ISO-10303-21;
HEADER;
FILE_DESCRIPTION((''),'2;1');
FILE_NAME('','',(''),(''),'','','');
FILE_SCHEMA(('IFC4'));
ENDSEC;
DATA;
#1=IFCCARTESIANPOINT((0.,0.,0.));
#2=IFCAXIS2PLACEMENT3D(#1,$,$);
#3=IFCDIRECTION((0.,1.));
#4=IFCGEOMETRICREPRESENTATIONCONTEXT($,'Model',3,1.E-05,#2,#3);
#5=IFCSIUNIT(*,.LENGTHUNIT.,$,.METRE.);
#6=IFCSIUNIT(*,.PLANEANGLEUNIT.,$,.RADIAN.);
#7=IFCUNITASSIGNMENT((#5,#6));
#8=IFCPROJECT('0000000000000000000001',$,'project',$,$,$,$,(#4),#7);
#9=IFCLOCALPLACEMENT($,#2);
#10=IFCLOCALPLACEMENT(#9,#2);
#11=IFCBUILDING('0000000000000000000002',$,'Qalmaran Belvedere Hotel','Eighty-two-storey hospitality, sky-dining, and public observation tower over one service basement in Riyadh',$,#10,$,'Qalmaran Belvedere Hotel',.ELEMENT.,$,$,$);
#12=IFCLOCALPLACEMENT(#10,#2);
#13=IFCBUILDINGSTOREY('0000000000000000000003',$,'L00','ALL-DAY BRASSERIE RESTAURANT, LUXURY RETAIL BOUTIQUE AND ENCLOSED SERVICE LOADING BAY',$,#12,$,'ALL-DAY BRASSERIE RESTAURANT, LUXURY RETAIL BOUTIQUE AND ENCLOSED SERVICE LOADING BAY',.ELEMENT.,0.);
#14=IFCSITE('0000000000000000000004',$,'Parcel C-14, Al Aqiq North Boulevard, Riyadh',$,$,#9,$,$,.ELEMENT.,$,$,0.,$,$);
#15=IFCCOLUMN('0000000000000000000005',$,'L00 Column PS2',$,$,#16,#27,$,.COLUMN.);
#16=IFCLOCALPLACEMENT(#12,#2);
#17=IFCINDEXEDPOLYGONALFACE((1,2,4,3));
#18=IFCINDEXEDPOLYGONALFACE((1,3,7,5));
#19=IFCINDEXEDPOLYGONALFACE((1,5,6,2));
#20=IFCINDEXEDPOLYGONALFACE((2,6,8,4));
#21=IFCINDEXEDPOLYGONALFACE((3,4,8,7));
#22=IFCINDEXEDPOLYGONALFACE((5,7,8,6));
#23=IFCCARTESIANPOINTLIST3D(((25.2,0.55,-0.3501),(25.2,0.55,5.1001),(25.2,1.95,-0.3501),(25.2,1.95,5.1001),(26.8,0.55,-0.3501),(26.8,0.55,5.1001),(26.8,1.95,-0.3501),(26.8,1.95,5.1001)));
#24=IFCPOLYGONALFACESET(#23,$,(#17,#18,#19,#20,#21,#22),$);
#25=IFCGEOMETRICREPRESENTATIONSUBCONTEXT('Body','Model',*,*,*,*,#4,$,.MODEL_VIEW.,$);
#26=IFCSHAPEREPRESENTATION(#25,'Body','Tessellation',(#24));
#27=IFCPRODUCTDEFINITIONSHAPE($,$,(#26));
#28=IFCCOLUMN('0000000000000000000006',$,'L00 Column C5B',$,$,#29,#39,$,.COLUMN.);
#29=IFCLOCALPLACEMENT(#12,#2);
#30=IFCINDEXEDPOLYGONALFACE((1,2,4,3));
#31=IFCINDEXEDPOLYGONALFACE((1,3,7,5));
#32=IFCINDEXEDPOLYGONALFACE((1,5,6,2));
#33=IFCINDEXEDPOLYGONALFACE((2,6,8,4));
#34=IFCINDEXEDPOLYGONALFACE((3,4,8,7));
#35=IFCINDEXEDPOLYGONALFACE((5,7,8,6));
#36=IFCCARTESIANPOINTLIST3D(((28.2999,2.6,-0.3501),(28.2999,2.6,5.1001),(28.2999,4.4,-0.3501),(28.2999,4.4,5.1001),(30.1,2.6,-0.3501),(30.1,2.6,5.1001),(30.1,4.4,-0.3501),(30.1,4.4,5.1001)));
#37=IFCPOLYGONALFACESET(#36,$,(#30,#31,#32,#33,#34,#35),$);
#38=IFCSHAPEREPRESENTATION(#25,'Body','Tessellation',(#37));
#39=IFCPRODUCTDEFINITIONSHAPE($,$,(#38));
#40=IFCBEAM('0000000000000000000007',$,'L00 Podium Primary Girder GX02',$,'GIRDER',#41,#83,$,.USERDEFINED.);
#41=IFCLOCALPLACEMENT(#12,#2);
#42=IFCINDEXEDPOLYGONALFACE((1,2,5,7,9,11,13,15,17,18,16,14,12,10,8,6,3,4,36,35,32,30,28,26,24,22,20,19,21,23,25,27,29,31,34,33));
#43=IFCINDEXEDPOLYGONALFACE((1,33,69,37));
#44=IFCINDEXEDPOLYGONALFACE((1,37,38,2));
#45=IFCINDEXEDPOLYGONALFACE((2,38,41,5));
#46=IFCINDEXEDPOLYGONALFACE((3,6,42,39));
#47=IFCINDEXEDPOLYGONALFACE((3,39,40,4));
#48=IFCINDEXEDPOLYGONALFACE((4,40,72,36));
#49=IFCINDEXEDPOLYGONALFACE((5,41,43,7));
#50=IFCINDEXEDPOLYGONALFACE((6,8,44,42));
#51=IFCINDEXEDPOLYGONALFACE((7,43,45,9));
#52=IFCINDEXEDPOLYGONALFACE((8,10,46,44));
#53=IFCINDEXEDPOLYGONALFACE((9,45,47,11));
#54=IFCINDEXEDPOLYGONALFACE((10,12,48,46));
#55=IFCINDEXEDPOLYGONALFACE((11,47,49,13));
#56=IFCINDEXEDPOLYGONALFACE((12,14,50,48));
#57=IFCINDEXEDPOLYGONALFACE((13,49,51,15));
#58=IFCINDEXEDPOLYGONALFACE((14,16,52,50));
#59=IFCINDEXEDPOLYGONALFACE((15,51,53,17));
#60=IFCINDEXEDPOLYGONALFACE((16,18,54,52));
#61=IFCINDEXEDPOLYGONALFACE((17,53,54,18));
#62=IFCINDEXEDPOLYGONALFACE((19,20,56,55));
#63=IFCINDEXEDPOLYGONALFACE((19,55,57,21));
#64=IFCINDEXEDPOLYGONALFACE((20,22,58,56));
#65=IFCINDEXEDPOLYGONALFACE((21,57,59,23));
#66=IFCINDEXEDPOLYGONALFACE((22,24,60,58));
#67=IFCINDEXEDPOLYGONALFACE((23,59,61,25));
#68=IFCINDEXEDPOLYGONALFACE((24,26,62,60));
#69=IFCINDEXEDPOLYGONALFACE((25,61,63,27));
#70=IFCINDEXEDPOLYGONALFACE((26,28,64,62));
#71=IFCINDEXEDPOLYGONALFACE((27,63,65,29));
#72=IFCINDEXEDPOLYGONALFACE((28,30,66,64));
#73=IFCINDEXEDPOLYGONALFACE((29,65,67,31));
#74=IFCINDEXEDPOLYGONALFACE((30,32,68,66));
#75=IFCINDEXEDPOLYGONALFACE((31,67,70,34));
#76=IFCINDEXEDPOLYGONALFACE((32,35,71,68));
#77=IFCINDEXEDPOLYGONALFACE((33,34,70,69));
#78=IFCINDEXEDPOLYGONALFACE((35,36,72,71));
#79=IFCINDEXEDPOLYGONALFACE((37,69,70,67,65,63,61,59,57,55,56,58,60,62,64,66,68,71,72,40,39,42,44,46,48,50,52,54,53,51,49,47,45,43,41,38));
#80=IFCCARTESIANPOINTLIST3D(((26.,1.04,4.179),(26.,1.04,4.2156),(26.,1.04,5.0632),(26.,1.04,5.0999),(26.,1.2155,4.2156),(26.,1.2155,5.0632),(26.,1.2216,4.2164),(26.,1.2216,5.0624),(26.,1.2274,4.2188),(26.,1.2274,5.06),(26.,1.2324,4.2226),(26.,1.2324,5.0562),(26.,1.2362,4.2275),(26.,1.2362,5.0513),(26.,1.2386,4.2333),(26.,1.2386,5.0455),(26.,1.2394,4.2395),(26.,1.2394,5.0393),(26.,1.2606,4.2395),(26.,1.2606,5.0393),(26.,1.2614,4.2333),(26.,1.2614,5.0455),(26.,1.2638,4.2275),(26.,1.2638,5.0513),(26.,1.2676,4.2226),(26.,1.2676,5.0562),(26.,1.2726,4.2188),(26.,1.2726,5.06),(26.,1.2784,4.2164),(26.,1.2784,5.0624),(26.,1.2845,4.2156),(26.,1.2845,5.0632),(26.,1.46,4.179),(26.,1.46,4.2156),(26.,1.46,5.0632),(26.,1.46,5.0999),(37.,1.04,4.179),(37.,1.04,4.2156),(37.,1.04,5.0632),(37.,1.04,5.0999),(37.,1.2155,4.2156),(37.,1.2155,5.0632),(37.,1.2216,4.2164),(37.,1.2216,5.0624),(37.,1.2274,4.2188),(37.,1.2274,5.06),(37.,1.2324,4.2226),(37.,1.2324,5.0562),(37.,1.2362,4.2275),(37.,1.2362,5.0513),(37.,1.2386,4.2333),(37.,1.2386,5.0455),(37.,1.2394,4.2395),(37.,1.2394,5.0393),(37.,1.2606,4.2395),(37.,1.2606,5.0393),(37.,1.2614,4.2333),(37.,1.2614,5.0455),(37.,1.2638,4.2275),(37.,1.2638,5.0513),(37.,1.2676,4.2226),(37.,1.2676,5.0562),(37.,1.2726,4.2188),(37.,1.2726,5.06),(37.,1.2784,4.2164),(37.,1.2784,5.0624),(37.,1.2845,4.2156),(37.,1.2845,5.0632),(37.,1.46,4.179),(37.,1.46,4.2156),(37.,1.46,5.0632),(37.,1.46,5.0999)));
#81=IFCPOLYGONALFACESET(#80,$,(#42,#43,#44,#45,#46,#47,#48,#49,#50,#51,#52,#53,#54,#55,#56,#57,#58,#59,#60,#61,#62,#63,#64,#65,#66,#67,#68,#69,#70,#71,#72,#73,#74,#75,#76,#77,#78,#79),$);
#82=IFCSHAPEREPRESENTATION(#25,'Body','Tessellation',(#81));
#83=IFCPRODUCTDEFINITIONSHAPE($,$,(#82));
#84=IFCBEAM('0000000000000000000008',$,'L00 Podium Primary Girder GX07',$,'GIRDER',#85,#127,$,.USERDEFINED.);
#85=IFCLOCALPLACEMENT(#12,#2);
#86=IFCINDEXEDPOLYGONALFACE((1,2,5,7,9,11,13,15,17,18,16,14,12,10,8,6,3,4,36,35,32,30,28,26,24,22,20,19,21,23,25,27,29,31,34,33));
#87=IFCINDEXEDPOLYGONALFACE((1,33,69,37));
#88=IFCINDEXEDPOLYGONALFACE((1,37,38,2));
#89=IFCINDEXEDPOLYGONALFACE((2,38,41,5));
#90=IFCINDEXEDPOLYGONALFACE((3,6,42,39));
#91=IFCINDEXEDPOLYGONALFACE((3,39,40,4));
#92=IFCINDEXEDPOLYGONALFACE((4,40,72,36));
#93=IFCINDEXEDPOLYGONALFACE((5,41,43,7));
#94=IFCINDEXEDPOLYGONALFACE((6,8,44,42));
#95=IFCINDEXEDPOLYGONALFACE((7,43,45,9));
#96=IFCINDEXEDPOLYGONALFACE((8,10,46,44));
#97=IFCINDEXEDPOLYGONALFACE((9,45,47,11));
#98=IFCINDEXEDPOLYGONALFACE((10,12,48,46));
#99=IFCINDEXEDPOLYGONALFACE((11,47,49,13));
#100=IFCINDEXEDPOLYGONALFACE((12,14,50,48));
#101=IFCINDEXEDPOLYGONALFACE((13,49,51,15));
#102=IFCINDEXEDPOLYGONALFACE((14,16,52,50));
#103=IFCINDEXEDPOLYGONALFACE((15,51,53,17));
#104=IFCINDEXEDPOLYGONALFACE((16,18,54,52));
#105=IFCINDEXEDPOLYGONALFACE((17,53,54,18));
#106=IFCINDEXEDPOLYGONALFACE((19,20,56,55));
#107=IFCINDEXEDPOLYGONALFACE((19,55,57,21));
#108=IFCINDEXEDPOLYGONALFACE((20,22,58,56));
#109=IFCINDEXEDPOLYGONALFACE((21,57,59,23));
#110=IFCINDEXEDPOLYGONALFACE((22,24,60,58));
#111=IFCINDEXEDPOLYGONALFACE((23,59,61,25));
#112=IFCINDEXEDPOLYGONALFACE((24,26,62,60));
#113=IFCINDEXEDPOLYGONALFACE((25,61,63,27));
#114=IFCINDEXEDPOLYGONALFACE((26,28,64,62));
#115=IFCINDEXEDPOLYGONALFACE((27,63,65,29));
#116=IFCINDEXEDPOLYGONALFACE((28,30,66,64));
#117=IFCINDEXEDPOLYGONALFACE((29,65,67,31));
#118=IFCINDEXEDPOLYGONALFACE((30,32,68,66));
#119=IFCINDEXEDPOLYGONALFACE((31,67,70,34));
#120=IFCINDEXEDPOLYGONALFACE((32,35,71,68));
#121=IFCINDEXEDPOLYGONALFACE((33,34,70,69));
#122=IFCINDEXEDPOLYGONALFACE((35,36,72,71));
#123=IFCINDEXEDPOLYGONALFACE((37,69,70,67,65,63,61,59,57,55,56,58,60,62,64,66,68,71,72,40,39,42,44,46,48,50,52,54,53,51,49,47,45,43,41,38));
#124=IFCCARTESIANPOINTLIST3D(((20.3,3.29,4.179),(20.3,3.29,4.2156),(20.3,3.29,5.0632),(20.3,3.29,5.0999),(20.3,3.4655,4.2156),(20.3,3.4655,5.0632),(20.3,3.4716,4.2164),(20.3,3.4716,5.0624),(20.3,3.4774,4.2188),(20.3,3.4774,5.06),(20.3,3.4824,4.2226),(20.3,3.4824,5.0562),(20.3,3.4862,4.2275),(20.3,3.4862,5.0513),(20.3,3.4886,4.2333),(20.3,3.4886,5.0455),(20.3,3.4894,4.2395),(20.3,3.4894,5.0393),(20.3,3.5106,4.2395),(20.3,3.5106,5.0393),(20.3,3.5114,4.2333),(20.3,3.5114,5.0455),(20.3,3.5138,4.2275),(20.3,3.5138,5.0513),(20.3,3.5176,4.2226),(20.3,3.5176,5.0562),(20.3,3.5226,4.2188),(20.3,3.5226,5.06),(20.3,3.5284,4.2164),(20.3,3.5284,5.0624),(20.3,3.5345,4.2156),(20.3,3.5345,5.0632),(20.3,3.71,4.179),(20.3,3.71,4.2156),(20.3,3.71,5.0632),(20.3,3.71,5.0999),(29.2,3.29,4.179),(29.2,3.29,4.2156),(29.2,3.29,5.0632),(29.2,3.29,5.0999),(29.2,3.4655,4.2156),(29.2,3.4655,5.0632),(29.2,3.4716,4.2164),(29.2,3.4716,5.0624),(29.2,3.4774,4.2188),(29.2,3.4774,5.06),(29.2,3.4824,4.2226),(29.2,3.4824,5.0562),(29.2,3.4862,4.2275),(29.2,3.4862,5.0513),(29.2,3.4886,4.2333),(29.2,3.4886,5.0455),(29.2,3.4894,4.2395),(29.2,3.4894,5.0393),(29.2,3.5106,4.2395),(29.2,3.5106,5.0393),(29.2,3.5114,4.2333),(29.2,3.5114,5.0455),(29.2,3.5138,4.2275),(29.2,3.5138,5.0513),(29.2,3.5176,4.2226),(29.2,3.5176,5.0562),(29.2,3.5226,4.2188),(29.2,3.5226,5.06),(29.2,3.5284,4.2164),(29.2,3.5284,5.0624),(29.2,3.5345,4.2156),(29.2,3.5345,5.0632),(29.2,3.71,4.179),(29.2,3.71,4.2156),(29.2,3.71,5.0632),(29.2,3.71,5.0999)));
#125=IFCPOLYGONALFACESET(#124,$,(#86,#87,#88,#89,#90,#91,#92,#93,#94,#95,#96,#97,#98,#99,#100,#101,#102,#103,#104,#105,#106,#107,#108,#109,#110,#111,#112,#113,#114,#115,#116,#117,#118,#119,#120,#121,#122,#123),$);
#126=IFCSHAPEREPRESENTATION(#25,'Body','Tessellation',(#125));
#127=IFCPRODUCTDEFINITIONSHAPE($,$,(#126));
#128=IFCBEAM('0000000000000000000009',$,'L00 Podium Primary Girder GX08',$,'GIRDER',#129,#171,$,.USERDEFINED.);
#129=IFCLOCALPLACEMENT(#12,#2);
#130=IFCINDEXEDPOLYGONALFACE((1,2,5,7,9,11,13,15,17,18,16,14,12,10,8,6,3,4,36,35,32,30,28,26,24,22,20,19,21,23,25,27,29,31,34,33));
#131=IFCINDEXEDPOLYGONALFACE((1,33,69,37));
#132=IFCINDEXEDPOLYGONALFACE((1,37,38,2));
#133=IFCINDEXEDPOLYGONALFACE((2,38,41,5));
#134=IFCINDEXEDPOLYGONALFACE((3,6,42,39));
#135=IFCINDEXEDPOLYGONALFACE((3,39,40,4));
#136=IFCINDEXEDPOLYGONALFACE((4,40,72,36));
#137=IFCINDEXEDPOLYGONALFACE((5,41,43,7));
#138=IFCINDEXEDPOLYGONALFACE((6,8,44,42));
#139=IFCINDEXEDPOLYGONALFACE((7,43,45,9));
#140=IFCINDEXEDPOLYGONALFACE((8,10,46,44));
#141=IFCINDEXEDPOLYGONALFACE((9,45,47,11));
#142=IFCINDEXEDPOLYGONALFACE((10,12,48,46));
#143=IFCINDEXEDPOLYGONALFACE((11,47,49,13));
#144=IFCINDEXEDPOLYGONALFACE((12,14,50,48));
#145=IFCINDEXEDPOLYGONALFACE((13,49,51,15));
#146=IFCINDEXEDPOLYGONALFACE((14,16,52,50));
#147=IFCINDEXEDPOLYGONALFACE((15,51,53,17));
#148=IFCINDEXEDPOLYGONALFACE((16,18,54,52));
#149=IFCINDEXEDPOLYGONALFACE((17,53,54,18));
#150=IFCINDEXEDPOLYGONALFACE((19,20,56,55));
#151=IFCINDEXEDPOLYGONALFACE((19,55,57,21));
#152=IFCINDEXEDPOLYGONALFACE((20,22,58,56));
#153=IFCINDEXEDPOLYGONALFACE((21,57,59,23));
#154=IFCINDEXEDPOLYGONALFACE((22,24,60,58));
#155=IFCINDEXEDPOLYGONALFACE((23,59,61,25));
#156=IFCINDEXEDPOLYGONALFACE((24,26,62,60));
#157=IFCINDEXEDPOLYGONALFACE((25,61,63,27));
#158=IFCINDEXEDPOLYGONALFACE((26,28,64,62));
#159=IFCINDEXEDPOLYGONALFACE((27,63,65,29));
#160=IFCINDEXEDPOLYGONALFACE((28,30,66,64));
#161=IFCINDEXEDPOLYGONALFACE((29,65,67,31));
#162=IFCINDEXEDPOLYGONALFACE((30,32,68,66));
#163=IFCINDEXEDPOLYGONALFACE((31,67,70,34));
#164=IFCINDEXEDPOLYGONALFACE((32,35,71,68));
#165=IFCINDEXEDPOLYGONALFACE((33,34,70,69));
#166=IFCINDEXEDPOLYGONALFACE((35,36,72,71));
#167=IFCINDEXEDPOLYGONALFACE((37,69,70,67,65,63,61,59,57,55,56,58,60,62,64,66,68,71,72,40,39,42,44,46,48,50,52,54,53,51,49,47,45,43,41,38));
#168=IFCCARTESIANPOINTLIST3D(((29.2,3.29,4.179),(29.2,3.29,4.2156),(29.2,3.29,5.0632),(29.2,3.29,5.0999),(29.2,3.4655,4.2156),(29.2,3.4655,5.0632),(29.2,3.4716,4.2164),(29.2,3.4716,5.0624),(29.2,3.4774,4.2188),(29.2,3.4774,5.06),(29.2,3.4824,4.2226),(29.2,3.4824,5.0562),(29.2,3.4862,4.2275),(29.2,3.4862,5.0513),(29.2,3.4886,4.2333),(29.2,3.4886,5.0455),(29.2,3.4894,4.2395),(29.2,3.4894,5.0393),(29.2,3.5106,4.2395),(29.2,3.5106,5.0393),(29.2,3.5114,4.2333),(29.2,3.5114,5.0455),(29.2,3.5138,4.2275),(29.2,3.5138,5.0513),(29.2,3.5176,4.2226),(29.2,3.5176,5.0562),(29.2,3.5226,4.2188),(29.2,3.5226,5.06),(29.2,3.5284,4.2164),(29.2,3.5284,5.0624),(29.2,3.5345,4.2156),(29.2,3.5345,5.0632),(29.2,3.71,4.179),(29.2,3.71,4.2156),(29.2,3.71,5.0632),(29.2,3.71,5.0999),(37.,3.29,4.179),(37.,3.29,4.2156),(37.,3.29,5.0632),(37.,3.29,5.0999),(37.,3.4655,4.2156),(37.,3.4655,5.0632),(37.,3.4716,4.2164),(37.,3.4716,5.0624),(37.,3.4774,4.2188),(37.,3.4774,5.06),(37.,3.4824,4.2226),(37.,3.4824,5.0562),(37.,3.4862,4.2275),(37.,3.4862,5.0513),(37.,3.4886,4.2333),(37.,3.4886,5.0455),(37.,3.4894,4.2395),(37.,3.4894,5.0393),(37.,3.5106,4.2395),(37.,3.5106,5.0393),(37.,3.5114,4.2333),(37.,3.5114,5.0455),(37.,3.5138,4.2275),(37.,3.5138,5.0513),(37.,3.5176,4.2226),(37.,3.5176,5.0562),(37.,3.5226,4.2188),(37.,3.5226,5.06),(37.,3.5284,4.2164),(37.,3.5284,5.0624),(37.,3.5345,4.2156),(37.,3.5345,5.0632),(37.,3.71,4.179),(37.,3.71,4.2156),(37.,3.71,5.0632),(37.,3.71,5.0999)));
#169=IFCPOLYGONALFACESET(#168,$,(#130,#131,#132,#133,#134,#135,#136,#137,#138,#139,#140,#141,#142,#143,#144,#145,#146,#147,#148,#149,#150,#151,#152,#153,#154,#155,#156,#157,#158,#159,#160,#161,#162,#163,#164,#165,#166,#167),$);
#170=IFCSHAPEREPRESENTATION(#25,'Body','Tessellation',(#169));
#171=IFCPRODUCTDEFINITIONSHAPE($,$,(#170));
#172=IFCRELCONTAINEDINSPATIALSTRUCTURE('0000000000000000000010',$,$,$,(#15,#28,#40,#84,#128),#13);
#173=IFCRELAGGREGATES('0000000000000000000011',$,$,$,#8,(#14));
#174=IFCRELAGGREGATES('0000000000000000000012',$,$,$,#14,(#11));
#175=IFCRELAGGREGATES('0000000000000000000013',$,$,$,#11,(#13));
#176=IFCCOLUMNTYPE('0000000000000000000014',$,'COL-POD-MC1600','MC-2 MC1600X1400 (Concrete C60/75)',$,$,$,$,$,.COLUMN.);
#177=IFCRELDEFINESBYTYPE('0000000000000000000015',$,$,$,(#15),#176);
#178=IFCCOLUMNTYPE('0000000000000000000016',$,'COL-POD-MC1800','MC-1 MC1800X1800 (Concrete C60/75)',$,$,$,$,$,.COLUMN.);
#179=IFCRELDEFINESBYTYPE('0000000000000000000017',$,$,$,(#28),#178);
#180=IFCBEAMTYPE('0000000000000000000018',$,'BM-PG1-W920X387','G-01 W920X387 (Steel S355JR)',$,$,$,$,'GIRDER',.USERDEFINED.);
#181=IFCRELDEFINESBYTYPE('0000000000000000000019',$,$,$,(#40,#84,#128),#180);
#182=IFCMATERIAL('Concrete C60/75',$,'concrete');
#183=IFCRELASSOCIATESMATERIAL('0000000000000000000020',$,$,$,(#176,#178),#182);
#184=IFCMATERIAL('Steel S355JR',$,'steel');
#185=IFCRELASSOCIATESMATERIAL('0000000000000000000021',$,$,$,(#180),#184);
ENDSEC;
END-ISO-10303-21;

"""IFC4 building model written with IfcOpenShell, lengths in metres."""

from ifc_helpers import new_model, si_unit, direction, frame, origin, origin_2d, place, context, subcontext, project, spatial, rectangle, i_section, extrude, material, material_profile, profile_set, type_object, element, save


model = new_model("IFC4")

# Units and contexts
model_context = context("Model", 3, precision=1e-05, world=origin(), true_north=direction((0.0, 1.0)))
body_context = subcontext(model_context, "Body", "Model", "MODEL_VIEW")
ifc_project = project(units=[si_unit("LENGTHUNIT", "METRE"), si_unit("PLANEANGLEUNIT", "RADIAN")], contexts=[model_context])

# Site, building, storey
site_placement = place(None, origin())
site = spatial("IfcSite", under=ifc_project, at=site_placement, Name="Parcel C-14, Al Aqiq North Boulevard, Riyadh", CompositionType="ELEMENT", RefElevation=0.0)
building_placement = place(site_placement, origin())
building = spatial("IfcBuilding", under=site, at=building_placement, Name="Qalmaran Belvedere Hotel", Description="Eighty-two-storey hospitality, sky-dining, and public observation tower over one service basement in Riyadh", LongName="Qalmaran Belvedere Hotel", CompositionType="ELEMENT")
storey_placement = place(building_placement, origin())
storey = spatial("IfcBuildingStorey", under=building, at=storey_placement, Name="L00", Description="ALL-DAY BRASSERIE RESTAURANT, LUXURY RETAIL BOUTIQUE AND ENCLOSED SERVICE LOADING BAY", LongName="ALL-DAY BRASSERIE RESTAURANT, LUXURY RETAIL BOUTIQUE AND ENCLOSED SERVICE LOADING BAY", CompositionType="ELEMENT", Elevation=0.0)

# Columns
ifc_material_1 = material(Name="Concrete C60/75", Category="concrete")
ifc_material_profile_1 = material_profile(ifc_material_1, rectangle(XDim=1.6001, YDim=1.3999, at=origin_2d()), Name="MC1600X1400")
ifc_profile_set_1 = profile_set([ifc_material_profile_1], Name="Concrete C60/75")
column_type_1 = type_object("IfcColumnType", Name="COL-POD-MC1600", Description="MC-2 MC1600X1400 (Concrete C60/75)", PredefinedType="COLUMN", material=ifc_profile_set_1)
column_1_placement = place(storey_placement, frame((26.0, 1.25, -0.3501), z_axis=(0.0, 0.0, 1.0), x_axis=(1.0, 0.0, 0.0)))
element("IfcColumn", 1, at=column_1_placement, inside=storey, type_object=column_type_1, Name="L00 Column PS2", PredefinedType="COLUMN", context=body_context, shape_type="SweptSolid", body=[
    extrude(rectangle(XDim=1.6001, YDim=1.3999, at=origin_2d()), origin(), (0.0, 0.0, 1.0), 5.4502),
])
ifc_material_profile_2 = material_profile(ifc_material_1, rectangle(XDim=1.8, YDim=1.8, at=origin_2d()), Name="MC1800X1800")
ifc_profile_set_2 = profile_set([ifc_material_profile_2], Name="Concrete C60/75")
column_type_2 = type_object("IfcColumnType", Name="COL-POD-MC1800", Description="MC-1 MC1800X1800 (Concrete C60/75)", PredefinedType="COLUMN", material=ifc_profile_set_2)
column_2_placement = place(storey_placement, frame((29.2, 3.5, -0.3501), z_axis=(0.0, 0.0, 1.0), x_axis=(1.0, 0.0, 0.0)))
element("IfcColumn", 2, at=column_2_placement, inside=storey, type_object=column_type_2, Name="L00 Column C5B", PredefinedType="COLUMN", context=body_context, shape_type="SweptSolid", body=[
    extrude(rectangle(XDim=1.8, YDim=1.8, at=origin_2d()), origin(), (0.0, 0.0, 1.0), 5.4502),
])

# Beams
ifc_material_2 = material(Name="Steel S355JR", Category="steel")
ifc_material_profile_3 = material_profile(ifc_material_2, i_section(OverallWidth=0.4199, OverallDepth=0.9209, WebThickness=0.0212, FlangeThickness=0.0366, FilletRadius=0.0239, at=origin_2d()), Name="W920X387")
ifc_profile_set_3 = profile_set([ifc_material_profile_3], Name="Steel S355JR")
beam_type_1 = type_object("IfcBeamType", Name="BM-PG1-W920X387", Description="G-01 W920X387 (Steel S355JR)", ElementType="GIRDER", PredefinedType="USERDEFINED", material=ifc_profile_set_3)
beam_1_placement = place(storey_placement, frame((26.0, 1.25, 4.6394), z_axis=(1.0, 0.0, 0.0), x_axis=(0.0, 1.0, 0.0)))
element("IfcBeam", 3, at=beam_1_placement, inside=storey, type_object=beam_type_1, Name="L00 Podium Primary Girder GX02", ObjectType="GIRDER", PredefinedType="USERDEFINED", context=body_context, shape_type="SweptSolid", body=[
    extrude(i_section(OverallWidth=0.4199, OverallDepth=0.9209, WebThickness=0.0212, FlangeThickness=0.0366, FilletRadius=0.0239, at=origin_2d()), origin(), (0.0, 0.0, 1.0), 11.0),
])
beam_2_placement = place(storey_placement, frame((20.3, 3.5, 4.6394), z_axis=(1.0, 0.0, 0.0), x_axis=(0.0, 1.0, 0.0)))
element("IfcBeam", 4, at=beam_2_placement, inside=storey, type_object=beam_type_1, Name="L00 Podium Primary Girder GX07", ObjectType="GIRDER", PredefinedType="USERDEFINED", context=body_context, shape_type="SweptSolid", body=[
    extrude(i_section(OverallWidth=0.4199, OverallDepth=0.9209, WebThickness=0.0212, FlangeThickness=0.0366, FilletRadius=0.0239, at=origin_2d()), origin(), (0.0, 0.0, 1.0), 8.8999),
])
beam_3_placement = place(storey_placement, frame((29.2, 3.5, 4.6394), z_axis=(1.0, 0.0, 0.0), x_axis=(0.0, 1.0, 0.0)))
element("IfcBeam", 5, at=beam_3_placement, inside=storey, type_object=beam_type_1, Name="L00 Podium Primary Girder GX08", ObjectType="GIRDER", PredefinedType="USERDEFINED", context=body_context, shape_type="SweptSolid", body=[
    extrude(i_section(OverallWidth=0.4199, OverallDepth=0.9209, WebThickness=0.0212, FlangeThickness=0.0366, FilletRadius=0.0239, at=origin_2d()), origin(), (0.0, 0.0, 1.0), 7.8),
])

save(model, "model.ifc")
